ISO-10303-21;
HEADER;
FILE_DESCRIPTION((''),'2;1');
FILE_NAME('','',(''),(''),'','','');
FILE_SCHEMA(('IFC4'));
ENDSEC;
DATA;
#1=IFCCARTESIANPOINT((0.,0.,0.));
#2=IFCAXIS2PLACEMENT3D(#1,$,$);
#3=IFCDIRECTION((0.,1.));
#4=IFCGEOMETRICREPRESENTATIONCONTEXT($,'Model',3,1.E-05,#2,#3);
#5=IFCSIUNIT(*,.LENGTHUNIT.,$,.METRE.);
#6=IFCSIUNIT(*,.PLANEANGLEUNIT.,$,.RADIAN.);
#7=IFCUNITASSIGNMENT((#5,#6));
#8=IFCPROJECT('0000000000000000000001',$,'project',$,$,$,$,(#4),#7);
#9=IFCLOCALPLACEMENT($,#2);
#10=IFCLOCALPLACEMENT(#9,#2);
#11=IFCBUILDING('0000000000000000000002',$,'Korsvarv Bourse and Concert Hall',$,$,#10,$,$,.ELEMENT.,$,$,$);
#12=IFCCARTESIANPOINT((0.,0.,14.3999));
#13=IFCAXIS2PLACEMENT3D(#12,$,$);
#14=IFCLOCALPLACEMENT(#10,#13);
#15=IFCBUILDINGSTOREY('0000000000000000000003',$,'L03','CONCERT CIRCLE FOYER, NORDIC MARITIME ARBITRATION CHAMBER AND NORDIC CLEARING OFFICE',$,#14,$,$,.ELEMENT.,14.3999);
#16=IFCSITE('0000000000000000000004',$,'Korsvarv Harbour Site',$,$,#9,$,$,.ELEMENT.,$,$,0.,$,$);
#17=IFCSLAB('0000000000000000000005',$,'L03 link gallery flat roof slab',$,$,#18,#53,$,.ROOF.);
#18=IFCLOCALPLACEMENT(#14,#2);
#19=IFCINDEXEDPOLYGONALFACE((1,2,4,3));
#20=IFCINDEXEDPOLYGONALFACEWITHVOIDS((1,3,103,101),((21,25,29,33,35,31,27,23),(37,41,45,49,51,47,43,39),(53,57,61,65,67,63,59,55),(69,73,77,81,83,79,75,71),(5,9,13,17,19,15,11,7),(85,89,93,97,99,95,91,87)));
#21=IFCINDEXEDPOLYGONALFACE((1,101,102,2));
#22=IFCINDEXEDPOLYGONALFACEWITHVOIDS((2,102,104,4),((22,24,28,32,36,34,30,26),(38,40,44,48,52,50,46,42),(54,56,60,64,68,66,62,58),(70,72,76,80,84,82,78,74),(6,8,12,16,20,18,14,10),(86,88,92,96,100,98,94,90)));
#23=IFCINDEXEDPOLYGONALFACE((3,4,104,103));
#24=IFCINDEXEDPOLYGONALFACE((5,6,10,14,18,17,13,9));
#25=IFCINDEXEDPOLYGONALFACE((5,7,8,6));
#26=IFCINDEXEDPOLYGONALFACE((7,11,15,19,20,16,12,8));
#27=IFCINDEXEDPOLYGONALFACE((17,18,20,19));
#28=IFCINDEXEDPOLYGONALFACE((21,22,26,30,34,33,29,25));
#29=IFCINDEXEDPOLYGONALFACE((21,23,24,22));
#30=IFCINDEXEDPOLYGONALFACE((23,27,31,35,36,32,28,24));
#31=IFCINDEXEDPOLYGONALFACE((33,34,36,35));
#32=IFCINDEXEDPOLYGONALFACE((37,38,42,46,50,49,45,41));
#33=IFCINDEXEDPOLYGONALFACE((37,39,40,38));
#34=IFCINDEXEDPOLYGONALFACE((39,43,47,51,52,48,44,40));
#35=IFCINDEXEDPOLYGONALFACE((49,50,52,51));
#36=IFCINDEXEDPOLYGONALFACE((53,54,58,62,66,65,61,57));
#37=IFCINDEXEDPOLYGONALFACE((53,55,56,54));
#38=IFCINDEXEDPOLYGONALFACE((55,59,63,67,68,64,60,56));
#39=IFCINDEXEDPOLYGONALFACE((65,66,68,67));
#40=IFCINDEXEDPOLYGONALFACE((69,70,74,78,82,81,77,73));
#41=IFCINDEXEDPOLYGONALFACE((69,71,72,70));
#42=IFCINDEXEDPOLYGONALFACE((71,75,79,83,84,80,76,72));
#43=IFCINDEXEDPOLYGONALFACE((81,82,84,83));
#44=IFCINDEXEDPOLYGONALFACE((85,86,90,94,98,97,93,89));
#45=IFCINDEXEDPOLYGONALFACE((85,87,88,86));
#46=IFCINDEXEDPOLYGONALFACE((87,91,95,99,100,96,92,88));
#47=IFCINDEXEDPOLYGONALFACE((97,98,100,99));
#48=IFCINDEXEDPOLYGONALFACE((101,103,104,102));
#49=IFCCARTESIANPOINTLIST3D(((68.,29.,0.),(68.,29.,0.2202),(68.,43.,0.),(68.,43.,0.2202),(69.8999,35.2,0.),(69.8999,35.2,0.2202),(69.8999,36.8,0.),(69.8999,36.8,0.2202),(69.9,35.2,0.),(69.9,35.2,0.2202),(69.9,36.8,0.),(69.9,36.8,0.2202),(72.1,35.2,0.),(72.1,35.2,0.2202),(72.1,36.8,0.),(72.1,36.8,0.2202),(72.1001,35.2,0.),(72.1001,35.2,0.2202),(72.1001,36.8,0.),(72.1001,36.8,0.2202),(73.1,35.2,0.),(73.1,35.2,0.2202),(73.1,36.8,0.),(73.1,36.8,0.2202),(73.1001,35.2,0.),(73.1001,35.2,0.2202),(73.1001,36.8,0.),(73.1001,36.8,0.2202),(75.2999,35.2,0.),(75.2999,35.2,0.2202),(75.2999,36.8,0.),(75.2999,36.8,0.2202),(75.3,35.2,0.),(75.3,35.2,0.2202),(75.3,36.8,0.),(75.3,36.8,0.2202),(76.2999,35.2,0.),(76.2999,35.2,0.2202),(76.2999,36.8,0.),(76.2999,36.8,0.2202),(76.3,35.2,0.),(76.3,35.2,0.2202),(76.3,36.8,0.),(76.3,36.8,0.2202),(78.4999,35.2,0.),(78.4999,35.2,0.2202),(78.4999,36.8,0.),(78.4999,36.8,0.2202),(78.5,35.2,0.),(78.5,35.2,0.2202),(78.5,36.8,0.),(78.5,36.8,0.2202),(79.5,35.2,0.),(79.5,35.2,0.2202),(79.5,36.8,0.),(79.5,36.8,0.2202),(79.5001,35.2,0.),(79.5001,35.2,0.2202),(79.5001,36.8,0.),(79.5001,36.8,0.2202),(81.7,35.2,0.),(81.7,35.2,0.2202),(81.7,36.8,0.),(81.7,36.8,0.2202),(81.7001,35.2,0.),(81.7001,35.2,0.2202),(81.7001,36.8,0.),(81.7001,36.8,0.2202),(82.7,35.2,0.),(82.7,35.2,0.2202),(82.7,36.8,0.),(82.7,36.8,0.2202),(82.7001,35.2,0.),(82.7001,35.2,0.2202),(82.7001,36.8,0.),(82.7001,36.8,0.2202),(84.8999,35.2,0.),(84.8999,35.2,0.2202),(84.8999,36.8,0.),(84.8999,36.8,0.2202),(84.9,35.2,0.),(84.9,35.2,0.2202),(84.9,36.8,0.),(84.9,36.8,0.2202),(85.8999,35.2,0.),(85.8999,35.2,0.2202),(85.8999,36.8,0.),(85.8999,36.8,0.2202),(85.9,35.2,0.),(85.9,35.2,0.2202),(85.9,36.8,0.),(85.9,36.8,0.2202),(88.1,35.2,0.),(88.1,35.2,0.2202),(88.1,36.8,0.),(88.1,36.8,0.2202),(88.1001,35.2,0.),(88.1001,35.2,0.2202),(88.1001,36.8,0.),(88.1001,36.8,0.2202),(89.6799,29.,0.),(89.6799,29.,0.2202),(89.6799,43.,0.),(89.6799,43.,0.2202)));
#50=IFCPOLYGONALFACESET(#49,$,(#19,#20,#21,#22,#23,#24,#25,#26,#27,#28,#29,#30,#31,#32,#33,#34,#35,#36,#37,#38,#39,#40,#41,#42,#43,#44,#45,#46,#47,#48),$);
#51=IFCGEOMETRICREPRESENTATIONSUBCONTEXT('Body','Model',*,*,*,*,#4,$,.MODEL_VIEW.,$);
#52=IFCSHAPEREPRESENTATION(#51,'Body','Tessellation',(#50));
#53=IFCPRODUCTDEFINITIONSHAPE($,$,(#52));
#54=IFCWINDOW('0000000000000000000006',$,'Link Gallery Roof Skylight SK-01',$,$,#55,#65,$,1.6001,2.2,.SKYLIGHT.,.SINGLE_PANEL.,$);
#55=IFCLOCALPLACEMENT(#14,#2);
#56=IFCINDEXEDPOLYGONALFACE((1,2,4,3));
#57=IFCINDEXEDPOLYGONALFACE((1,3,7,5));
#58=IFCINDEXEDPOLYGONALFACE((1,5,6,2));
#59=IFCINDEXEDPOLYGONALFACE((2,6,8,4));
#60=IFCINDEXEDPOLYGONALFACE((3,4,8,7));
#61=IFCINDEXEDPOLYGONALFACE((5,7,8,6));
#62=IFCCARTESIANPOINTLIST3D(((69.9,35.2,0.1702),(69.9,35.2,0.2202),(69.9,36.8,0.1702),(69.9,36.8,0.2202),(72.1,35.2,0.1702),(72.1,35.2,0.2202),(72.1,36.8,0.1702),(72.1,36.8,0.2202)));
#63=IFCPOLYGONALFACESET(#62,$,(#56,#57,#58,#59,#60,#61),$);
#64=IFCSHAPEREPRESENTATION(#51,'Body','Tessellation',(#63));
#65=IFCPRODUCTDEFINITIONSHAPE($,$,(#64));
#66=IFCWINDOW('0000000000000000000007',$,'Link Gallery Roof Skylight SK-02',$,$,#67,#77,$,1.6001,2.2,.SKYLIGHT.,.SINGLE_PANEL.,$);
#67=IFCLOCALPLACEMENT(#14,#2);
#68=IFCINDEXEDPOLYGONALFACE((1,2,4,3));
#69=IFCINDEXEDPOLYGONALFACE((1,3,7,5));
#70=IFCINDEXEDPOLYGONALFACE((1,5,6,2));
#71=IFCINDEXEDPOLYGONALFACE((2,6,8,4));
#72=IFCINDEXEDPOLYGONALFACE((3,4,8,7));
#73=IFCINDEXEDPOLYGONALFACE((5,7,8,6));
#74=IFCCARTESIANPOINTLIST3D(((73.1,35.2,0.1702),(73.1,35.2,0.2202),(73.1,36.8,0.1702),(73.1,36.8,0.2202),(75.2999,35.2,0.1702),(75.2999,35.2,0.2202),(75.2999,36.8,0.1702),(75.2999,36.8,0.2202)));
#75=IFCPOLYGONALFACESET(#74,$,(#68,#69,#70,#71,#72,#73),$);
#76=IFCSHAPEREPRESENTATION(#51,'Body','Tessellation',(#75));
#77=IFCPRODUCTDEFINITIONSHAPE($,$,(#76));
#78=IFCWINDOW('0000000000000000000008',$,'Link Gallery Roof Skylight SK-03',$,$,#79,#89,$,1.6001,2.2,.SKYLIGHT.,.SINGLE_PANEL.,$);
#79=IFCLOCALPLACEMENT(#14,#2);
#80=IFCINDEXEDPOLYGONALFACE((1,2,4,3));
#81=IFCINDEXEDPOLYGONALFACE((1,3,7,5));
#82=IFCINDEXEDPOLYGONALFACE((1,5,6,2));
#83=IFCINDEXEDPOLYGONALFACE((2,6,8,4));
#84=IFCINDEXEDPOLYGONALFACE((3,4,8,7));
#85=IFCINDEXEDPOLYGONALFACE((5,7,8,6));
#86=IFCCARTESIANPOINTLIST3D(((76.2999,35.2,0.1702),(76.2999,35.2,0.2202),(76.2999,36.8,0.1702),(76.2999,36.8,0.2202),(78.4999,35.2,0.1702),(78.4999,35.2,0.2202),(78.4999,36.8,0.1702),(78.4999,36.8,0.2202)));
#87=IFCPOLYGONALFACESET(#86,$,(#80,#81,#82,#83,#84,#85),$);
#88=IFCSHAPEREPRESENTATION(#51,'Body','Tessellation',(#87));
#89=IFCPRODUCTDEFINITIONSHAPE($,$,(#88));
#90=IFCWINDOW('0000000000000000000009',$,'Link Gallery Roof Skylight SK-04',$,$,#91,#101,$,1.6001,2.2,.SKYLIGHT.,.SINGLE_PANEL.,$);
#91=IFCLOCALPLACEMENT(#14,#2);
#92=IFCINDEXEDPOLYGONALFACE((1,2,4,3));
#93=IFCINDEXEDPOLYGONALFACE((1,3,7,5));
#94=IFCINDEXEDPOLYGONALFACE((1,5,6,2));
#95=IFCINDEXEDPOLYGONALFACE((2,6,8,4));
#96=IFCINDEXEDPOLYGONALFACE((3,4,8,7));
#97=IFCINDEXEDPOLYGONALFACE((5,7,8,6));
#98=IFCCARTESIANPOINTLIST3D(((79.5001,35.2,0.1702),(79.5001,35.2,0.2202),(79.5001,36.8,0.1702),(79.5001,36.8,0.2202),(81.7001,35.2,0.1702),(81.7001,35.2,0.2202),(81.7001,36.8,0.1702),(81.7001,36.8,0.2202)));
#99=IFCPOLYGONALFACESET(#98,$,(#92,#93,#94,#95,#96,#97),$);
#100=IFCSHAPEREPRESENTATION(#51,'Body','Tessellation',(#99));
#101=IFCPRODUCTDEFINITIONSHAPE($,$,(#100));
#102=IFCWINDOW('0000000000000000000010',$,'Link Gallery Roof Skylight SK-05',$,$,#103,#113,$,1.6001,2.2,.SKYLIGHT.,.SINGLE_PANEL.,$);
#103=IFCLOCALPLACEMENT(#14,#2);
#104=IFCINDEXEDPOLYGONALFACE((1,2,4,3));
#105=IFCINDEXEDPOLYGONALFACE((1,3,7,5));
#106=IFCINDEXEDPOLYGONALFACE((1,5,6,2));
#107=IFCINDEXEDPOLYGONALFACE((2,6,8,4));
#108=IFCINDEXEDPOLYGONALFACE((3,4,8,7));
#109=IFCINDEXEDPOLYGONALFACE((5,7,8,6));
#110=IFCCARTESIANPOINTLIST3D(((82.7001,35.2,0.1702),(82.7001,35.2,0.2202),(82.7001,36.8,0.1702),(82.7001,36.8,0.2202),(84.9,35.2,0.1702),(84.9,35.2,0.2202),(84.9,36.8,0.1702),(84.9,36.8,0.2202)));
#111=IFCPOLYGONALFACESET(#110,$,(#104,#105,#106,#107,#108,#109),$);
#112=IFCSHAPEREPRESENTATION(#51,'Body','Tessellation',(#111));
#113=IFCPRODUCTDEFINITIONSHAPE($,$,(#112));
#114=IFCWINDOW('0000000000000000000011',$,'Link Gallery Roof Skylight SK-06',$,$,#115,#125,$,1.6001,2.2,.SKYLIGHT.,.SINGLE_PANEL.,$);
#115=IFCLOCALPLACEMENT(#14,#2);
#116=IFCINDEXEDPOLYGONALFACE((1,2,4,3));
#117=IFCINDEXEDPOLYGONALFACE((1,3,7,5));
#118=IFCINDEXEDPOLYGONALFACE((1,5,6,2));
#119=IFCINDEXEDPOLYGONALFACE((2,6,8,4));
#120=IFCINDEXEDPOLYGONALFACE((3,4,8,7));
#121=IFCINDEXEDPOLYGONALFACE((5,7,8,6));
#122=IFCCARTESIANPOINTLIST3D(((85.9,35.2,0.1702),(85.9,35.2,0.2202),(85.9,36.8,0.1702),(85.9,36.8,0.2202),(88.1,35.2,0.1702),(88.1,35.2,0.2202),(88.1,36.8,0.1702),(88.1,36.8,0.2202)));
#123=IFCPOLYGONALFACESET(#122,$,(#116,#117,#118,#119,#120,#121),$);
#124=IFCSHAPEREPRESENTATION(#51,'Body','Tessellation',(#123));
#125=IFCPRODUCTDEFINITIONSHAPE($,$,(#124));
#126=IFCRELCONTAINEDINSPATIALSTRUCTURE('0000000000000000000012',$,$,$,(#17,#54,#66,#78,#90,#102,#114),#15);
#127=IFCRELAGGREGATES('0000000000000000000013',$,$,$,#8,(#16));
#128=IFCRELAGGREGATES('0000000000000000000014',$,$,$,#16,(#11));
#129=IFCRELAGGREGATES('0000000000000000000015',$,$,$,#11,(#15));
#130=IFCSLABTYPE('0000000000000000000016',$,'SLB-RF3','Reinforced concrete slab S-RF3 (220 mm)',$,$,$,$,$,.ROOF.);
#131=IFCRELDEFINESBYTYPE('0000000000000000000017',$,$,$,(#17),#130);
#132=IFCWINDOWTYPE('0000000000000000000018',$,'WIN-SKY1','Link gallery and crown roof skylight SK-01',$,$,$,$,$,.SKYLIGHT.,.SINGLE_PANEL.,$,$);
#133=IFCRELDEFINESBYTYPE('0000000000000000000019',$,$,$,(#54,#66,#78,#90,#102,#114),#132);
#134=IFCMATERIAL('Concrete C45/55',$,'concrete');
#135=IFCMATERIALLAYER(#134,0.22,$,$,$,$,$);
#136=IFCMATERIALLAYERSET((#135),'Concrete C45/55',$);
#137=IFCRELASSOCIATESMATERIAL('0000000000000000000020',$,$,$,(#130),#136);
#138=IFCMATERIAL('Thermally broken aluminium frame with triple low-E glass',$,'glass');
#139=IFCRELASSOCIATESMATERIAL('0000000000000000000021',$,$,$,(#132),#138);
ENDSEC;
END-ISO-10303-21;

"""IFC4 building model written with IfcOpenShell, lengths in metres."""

from ifc_helpers import new_model, si_unit, direction, frame, origin, origin_2d, place, context, subcontext, project, spatial, polyline, rectangle, outline, extrude, material, layer, layer_set, type_object, element, fill, save


model = new_model("IFC4")

# Units and contexts
model_context = context("Model", 3, precision=1e-05, world=origin(), true_north=direction((0.0, 1.0)))
body_context = subcontext(model_context, "Body", "Model", "MODEL_VIEW")
ifc_project = project(units=[si_unit("LENGTHUNIT", "METRE"), si_unit("PLANEANGLEUNIT", "RADIAN")], contexts=[model_context])

# Site, building, storey
site_placement = place(None, origin())
site = spatial("IfcSite", under=ifc_project, at=site_placement, Name="Korsvarv Harbour Site", CompositionType="ELEMENT", RefElevation=0.0)
building_placement = place(site_placement, origin())
building = spatial("IfcBuilding", under=site, at=building_placement, Name="Korsvarv Bourse and Concert Hall", CompositionType="ELEMENT")
storey_placement = place(building_placement, frame((0.0, 0.0, 14.3999)))
storey = spatial("IfcBuildingStorey", under=building, at=storey_placement, Name="L03", Description="CONCERT CIRCLE FOYER, NORDIC MARITIME ARBITRATION CHAMBER AND NORDIC CLEARING OFFICE", CompositionType="ELEMENT", Elevation=14.3999)

# Shared definitions
ifc_material_1 = material(Name="Concrete C45/55", Category="concrete")

# Slab, openings, windows
ifc_layer_1 = layer(ifc_material_1, 0.22)
ifc_layer_set_1 = layer_set([ifc_layer_1], Name="Concrete C45/55")
slab_type_1 = type_object("IfcSlabType", Name="SLB-RF3", Description="Reinforced concrete slab S-RF3 (220 mm)", PredefinedType="ROOF", material=ifc_layer_set_1)
slab_1_placement = place(storey_placement, origin())
slab_1 = element("IfcSlab", 1, at=slab_1_placement, inside=storey, type_object=slab_type_1, Name="L03 link gallery flat roof slab", PredefinedType="ROOF", context=body_context, shape_type="SweptSolid", body=[
    extrude(outline(polyline([(68.0, 29.0), (89.6799, 29.0), (89.6799, 43.0), (68.0, 43.0), (68.0, 29.0)]), holes=[polyline([(69.8999, 35.2), (72.1001, 35.2), (72.1001, 36.8), (69.8999, 36.8), (69.8999, 35.2)]), polyline([(73.1001, 35.2), (75.3, 35.2), (75.3, 36.8), (73.1001, 36.8), (73.1001, 35.2)]), polyline([(76.3, 35.2), (78.5, 35.2), (78.5, 36.8), (76.3, 36.8), (76.3, 35.2)]), polyline([(79.5, 35.2), (81.7, 35.2), (81.7, 36.8), (79.5, 36.8), (79.5, 35.2)]), polyline([(82.7, 35.2), (84.8999, 35.2), (84.8999, 36.8), (82.7, 36.8), (82.7, 35.2)]), polyline([(85.8999, 35.2), (88.1001, 35.2), (88.1001, 36.8), (85.8999, 36.8), (85.8999, 35.2)])]), origin(), (0.0, 0.0, 1.0), 0.2202),
])
opening_1_placement = place(slab_1_placement, frame((71.0, 36.0, -0.01)))
opening_1 = element("IfcOpeningElement", 2, at=opening_1_placement, cuts=slab_1, PredefinedType="OPENING", context=body_context, shape_type="SweptSolid", body=[
    extrude(rectangle(XDim=2.2, YDim=1.6001, at=origin_2d()), origin(), (0.0, 0.0, 1.0), 0.2402),
])
opening_2_placement = place(slab_1_placement, frame((74.2, 36.0, -0.01)))
opening_2 = element("IfcOpeningElement", 3, at=opening_2_placement, cuts=slab_1, PredefinedType="OPENING", context=body_context, shape_type="SweptSolid", body=[
    extrude(rectangle(XDim=2.2, YDim=1.6001, at=origin_2d()), origin(), (0.0, 0.0, 1.0), 0.2402),
])
opening_3_placement = place(slab_1_placement, frame((77.3999, 36.0, -0.01)))
opening_3 = element("IfcOpeningElement", 4, at=opening_3_placement, cuts=slab_1, PredefinedType="OPENING", context=body_context, shape_type="SweptSolid", body=[
    extrude(rectangle(XDim=2.2, YDim=1.6001, at=origin_2d()), origin(), (0.0, 0.0, 1.0), 0.2402),
])
opening_4_placement = place(slab_1_placement, frame((80.6001, 36.0, -0.01)))
opening_4 = element("IfcOpeningElement", 5, at=opening_4_placement, cuts=slab_1, PredefinedType="OPENING", context=body_context, shape_type="SweptSolid", body=[
    extrude(rectangle(XDim=2.2, YDim=1.6001, at=origin_2d()), origin(), (0.0, 0.0, 1.0), 0.2402),
])
opening_5_placement = place(slab_1_placement, frame((83.8, 36.0, -0.01)))
opening_5 = element("IfcOpeningElement", 6, at=opening_5_placement, cuts=slab_1, PredefinedType="OPENING", context=body_context, shape_type="SweptSolid", body=[
    extrude(rectangle(XDim=2.2, YDim=1.6001, at=origin_2d()), origin(), (0.0, 0.0, 1.0), 0.2402),
])
opening_6_placement = place(slab_1_placement, frame((87.0, 36.0, -0.01)))
opening_6 = element("IfcOpeningElement", 7, at=opening_6_placement, cuts=slab_1, PredefinedType="OPENING", context=body_context, shape_type="SweptSolid", body=[
    extrude(rectangle(XDim=2.2, YDim=1.6001, at=origin_2d()), origin(), (0.0, 0.0, 1.0), 0.2402),
])
ifc_material_2 = material(Name="Thermally broken aluminium frame with triple low-E glass", Category="glass")
window_type = type_object("IfcWindowType", Name="WIN-SKY1", Description="Link gallery and crown roof skylight SK-01", PartitioningType="SINGLE_PANEL", PredefinedType="SKYLIGHT", material=ifc_material_2)
window_1_placement = place(opening_1_placement, frame((0.0, 0.0, 0.1802)))
window_1 = element("IfcWindow", 8, at=window_1_placement, inside=storey, type_object=window_type, Name="Link Gallery Roof Skylight SK-01", OverallHeight=1.6001, OverallWidth=2.2, PartitioningType="SINGLE_PANEL", PredefinedType="SKYLIGHT", context=body_context, shape_type="SweptSolid", body=[
    extrude(rectangle(XDim=2.2, YDim=1.6001, at=origin_2d()), origin(), (0.0, 0.0, 1.0), 0.05),
])
fill(opening_1, window_1)
window_2_placement = place(opening_2_placement, frame((0.0, 0.0, 0.1802)))
window_2 = element("IfcWindow", 9, at=window_2_placement, inside=storey, type_object=window_type, Name="Link Gallery Roof Skylight SK-02", OverallHeight=1.6001, OverallWidth=2.2, PartitioningType="SINGLE_PANEL", PredefinedType="SKYLIGHT", context=body_context, shape_type="SweptSolid", body=[
    extrude(rectangle(XDim=2.2, YDim=1.6001, at=origin_2d()), origin(), (0.0, 0.0, 1.0), 0.05),
])
fill(opening_2, window_2)
window_3_placement = place(opening_3_placement, frame((0.0, 0.0, 0.1802)))
window_3 = element("IfcWindow", 10, at=window_3_placement, inside=storey, type_object=window_type, Name="Link Gallery Roof Skylight SK-03", OverallHeight=1.6001, OverallWidth=2.2, PartitioningType="SINGLE_PANEL", PredefinedType="SKYLIGHT", context=body_context, shape_type="SweptSolid", body=[
    extrude(rectangle(XDim=2.2, YDim=1.6001, at=origin_2d()), origin(), (0.0, 0.0, 1.0), 0.05),
])
fill(opening_3, window_3)
window_4_placement = place(opening_4_placement, frame((0.0, 0.0, 0.1802)))
window_4 = element("IfcWindow", 11, at=window_4_placement, inside=storey, type_object=window_type, Name="Link Gallery Roof Skylight SK-04", OverallHeight=1.6001, OverallWidth=2.2, PartitioningType="SINGLE_PANEL", PredefinedType="SKYLIGHT", context=body_context, shape_type="SweptSolid", body=[
    extrude(rectangle(XDim=2.2, YDim=1.6001, at=origin_2d()), origin(), (0.0, 0.0, 1.0), 0.05),
])
fill(opening_4, window_4)
window_5_placement = place(opening_5_placement, frame((0.0, 0.0, 0.1802)))
window_5 = element("IfcWindow", 12, at=window_5_placement, inside=storey, type_object=window_type, Name="Link Gallery Roof Skylight SK-05", OverallHeight=1.6001, OverallWidth=2.2, PartitioningType="SINGLE_PANEL", PredefinedType="SKYLIGHT", context=body_context, shape_type="SweptSolid", body=[
    extrude(rectangle(XDim=2.2, YDim=1.6001, at=origin_2d()), origin(), (0.0, 0.0, 1.0), 0.05),
])
fill(opening_5, window_5)
window_6_placement = place(opening_6_placement, frame((0.0, 0.0, 0.1802)))
window_6 = element("IfcWindow", 13, at=window_6_placement, inside=storey, type_object=window_type, Name="Link Gallery Roof Skylight SK-06", OverallHeight=1.6001, OverallWidth=2.2, PartitioningType="SINGLE_PANEL", PredefinedType="SKYLIGHT", context=body_context, shape_type="SweptSolid", body=[
    extrude(rectangle(XDim=2.2, YDim=1.6001, at=origin_2d()), origin(), (0.0, 0.0, 1.0), 0.05),
])
fill(opening_6, window_6)

save(model, "model.ifc")
